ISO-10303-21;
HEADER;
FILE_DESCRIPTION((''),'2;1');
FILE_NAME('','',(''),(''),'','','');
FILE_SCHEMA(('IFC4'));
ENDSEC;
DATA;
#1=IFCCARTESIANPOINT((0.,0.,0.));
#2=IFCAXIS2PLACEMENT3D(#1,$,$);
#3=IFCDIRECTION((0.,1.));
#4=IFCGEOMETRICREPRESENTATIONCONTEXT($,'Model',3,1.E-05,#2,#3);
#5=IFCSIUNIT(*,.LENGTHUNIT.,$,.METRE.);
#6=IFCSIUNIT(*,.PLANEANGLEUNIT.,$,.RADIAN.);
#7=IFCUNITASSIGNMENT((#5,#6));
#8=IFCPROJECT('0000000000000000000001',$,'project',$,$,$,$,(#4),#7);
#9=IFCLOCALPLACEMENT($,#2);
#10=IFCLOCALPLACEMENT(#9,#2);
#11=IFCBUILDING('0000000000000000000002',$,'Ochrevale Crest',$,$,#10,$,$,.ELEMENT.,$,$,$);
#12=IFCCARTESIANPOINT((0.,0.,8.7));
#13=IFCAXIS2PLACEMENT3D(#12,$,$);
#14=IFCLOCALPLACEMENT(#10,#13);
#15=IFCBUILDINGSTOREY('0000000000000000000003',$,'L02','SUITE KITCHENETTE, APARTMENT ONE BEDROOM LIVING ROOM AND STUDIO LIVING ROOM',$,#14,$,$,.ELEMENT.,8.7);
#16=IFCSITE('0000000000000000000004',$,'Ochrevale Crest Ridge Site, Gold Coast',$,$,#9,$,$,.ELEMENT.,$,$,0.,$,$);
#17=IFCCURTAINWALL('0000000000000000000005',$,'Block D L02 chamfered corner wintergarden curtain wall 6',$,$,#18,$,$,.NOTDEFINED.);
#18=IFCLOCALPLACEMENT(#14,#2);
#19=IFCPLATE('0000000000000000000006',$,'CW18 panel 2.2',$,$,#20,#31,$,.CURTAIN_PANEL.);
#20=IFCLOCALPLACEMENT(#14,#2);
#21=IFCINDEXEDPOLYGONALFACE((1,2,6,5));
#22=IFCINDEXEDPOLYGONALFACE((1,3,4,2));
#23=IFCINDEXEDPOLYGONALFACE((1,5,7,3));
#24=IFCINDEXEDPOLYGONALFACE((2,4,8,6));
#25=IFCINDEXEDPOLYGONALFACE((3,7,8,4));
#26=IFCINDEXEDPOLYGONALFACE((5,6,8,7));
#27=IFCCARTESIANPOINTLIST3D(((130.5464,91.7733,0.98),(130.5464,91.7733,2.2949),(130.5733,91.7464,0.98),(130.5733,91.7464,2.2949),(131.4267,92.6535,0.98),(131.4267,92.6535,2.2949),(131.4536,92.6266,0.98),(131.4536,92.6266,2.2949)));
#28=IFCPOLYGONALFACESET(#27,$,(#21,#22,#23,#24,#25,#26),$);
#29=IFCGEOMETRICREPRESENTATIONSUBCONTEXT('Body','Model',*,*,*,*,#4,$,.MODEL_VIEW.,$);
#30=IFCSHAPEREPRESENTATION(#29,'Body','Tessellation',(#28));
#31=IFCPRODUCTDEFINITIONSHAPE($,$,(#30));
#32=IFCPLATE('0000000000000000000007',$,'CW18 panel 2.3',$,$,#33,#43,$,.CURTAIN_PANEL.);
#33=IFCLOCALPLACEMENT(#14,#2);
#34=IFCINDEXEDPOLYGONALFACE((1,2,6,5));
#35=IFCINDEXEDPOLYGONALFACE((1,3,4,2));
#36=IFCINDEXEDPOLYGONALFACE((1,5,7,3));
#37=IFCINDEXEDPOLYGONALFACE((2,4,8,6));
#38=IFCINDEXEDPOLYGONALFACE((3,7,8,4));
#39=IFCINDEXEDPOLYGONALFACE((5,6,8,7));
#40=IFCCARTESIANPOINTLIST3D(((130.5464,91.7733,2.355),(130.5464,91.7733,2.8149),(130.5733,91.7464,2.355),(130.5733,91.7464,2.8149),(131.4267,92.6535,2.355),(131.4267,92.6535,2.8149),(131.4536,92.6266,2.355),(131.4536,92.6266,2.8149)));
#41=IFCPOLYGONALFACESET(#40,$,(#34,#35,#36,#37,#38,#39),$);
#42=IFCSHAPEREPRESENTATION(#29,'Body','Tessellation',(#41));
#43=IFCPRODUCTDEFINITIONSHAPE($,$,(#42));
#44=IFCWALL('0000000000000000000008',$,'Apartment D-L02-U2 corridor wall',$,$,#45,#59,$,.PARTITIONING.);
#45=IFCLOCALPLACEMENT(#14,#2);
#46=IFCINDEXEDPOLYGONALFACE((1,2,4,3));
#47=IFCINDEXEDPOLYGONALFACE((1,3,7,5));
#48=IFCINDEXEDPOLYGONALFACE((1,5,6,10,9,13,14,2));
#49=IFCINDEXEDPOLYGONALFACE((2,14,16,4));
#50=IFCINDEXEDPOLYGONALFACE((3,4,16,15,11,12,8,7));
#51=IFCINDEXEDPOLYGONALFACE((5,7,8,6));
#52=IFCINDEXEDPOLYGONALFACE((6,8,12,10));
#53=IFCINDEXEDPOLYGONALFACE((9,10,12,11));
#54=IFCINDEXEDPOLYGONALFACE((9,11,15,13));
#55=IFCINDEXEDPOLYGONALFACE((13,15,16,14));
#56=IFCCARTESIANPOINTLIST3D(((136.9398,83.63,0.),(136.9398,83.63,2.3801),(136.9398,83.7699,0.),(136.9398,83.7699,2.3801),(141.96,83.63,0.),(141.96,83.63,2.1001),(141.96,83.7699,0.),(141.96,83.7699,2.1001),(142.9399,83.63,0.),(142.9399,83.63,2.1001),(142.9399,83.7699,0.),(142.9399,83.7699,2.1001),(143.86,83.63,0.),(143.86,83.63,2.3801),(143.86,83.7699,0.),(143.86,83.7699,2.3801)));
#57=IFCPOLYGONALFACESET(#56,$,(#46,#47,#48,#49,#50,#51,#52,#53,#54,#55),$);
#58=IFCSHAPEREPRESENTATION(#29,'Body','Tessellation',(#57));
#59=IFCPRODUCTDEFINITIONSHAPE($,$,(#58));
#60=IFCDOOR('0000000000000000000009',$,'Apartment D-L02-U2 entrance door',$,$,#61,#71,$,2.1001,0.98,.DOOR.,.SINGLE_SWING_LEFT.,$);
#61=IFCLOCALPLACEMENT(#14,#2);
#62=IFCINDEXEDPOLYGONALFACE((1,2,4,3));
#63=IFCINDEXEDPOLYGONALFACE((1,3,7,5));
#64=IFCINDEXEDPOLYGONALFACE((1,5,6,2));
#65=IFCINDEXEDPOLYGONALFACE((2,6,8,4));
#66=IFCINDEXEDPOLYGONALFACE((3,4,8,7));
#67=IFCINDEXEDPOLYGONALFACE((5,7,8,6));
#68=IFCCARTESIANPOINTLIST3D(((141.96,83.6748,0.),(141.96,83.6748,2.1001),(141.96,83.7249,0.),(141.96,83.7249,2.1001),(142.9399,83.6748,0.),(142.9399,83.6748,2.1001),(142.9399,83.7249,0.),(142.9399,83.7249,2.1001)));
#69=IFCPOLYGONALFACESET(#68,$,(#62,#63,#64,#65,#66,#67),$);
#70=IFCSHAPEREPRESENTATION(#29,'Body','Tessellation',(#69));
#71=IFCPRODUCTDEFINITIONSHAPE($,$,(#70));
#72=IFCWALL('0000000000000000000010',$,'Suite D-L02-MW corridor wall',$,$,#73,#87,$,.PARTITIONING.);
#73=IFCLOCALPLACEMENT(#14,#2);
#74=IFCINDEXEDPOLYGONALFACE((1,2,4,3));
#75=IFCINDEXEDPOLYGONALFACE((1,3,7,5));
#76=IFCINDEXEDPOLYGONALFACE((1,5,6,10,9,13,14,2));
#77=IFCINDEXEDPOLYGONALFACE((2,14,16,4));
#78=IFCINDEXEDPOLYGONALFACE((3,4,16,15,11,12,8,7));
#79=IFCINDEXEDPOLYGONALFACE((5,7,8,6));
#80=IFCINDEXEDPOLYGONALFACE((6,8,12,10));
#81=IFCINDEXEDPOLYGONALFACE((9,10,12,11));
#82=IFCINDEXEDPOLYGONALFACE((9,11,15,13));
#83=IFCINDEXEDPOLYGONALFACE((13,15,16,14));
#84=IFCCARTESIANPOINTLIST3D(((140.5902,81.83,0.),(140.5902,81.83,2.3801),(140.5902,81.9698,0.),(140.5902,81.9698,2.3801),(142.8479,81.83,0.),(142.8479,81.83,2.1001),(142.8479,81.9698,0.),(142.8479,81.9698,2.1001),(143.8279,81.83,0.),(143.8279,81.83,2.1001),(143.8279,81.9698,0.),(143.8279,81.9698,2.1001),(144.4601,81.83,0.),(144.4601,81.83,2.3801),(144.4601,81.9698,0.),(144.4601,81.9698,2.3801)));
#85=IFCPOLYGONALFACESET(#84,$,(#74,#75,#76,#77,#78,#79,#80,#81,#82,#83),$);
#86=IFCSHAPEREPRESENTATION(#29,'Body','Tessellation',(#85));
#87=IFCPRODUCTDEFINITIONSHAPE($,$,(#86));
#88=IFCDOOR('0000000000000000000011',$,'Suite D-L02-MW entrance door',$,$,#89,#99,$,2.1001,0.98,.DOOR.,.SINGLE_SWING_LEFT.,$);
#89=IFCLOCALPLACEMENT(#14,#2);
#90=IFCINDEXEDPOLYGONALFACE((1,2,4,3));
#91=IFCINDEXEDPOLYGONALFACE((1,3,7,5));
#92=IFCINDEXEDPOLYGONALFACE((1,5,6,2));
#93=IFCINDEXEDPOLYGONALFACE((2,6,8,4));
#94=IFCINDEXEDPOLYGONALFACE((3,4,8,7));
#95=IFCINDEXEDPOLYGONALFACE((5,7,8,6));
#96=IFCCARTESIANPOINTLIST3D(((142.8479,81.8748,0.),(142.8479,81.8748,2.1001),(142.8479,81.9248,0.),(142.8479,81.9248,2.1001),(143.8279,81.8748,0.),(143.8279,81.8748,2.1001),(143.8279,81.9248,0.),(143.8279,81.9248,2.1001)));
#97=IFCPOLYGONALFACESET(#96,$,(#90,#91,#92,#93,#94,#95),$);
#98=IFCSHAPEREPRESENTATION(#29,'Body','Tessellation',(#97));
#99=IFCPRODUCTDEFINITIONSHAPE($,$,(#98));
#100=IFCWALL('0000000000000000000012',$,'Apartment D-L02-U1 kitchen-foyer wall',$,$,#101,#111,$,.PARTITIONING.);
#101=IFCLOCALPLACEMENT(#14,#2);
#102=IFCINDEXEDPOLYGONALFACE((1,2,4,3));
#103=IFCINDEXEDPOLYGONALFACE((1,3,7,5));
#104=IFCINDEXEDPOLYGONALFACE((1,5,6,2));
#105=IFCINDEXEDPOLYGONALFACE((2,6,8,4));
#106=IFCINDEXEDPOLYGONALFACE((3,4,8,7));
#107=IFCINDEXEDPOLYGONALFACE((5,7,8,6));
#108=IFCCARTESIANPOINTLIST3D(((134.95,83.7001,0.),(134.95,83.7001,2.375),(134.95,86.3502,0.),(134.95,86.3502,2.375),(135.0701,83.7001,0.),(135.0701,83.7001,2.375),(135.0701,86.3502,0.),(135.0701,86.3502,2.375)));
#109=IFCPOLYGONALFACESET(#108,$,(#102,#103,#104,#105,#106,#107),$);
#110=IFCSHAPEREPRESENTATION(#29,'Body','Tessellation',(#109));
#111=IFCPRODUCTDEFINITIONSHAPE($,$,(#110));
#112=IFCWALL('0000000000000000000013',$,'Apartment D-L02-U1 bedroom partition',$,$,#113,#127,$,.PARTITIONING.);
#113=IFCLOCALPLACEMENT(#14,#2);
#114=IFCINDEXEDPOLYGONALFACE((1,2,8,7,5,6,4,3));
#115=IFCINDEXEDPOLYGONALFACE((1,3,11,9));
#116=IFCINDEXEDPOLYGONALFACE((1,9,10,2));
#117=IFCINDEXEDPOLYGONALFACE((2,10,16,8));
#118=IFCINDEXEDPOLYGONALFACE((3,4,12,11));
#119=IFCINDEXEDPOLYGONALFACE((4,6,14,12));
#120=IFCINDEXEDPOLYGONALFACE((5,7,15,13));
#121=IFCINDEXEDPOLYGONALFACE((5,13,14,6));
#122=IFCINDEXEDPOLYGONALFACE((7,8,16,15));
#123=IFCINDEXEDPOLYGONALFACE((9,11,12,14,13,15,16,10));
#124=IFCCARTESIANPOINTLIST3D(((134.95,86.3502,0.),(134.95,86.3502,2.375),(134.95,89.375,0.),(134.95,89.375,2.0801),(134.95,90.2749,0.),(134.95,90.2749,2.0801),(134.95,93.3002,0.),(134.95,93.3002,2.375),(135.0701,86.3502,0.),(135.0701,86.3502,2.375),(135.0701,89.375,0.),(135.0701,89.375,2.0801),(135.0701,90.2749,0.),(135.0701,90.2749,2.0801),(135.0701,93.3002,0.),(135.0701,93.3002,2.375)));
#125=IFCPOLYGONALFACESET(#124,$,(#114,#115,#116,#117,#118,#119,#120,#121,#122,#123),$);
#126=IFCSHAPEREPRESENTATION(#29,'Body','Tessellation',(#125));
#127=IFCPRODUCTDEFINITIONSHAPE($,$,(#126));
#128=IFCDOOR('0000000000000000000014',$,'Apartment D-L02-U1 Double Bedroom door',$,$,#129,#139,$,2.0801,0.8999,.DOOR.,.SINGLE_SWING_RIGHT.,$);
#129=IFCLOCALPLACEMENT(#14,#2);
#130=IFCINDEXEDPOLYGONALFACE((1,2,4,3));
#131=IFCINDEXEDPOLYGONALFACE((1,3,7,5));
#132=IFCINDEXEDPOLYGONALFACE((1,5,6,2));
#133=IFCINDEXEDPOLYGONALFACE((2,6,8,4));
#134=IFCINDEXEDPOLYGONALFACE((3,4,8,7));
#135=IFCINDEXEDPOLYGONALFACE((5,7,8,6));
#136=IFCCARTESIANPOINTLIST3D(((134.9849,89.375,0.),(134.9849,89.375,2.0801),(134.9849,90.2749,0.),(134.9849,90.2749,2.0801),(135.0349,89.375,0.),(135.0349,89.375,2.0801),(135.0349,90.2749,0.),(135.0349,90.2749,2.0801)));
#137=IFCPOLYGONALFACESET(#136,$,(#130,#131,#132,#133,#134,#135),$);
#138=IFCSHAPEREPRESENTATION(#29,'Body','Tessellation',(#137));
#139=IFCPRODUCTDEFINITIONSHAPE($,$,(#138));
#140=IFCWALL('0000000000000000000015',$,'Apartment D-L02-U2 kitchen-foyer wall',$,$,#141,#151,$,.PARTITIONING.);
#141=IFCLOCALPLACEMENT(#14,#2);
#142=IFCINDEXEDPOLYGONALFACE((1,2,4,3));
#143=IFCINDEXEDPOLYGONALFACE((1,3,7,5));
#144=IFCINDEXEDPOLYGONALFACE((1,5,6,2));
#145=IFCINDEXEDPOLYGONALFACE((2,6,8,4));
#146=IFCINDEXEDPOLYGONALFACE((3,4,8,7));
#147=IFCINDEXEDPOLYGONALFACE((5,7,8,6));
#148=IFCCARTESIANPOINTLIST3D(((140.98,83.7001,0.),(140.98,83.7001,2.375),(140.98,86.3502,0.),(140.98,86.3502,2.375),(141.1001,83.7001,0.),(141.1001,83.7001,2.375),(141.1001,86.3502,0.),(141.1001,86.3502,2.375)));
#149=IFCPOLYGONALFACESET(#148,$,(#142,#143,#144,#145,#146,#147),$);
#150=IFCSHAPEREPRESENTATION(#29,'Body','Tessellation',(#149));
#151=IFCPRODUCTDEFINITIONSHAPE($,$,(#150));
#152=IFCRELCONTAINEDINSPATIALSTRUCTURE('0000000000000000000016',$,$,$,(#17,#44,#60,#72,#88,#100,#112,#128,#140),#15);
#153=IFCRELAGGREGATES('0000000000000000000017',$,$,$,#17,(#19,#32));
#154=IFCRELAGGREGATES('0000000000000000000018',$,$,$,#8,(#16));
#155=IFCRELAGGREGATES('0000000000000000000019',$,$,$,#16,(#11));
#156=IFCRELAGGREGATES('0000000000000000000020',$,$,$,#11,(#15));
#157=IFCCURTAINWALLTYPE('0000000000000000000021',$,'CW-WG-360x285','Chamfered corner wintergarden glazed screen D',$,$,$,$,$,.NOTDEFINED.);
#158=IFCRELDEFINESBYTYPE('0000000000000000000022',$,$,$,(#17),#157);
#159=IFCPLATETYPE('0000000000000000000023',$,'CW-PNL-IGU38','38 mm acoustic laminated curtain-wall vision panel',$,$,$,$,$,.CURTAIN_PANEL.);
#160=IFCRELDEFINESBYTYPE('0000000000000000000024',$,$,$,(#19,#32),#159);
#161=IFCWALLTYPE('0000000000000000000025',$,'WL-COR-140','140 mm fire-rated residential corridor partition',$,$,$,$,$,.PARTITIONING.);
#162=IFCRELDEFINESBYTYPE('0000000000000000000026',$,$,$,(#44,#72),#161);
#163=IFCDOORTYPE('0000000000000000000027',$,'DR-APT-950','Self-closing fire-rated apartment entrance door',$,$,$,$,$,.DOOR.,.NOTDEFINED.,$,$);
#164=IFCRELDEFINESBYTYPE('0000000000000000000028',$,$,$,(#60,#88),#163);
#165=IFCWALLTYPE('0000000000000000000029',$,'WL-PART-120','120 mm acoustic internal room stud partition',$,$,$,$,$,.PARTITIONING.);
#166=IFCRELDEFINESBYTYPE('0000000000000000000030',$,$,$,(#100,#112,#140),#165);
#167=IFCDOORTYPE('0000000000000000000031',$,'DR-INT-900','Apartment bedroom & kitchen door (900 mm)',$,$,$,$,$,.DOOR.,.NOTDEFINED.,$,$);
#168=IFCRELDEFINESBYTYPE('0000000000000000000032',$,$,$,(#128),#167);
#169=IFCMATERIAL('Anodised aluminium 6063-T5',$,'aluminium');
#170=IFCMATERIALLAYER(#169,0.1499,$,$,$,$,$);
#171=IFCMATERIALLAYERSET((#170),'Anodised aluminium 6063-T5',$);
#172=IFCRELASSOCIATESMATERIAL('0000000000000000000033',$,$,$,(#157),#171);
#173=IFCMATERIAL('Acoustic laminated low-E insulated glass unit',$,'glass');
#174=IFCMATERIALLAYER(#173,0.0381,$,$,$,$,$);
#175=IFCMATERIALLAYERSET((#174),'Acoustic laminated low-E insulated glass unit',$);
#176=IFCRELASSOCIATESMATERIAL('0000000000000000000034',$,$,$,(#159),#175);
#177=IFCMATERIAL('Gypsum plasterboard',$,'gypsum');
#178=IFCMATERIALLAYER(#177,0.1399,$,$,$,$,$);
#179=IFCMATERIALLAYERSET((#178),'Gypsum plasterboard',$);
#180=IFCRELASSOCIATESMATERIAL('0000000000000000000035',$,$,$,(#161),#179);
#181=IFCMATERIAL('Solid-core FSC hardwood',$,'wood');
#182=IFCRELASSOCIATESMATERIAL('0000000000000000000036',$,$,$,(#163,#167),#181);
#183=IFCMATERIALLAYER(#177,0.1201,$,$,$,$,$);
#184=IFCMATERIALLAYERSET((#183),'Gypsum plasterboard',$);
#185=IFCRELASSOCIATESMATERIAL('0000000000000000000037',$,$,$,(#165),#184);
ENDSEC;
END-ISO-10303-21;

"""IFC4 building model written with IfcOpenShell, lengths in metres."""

from ifc_helpers import new_model, si_unit, direction, frame, frame_2d, origin, origin_2d, place, context, subcontext, project, spatial, rectangle, extrude, material, layer, layer_set, type_object, element, fill, aggregate, save


model = new_model("IFC4")

# Units and contexts
model_context = context("Model", 3, precision=1e-05, world=origin(), true_north=direction((0.0, 1.0)))
body_context = subcontext(model_context, "Body", "Model", "MODEL_VIEW")
ifc_project = project(units=[si_unit("LENGTHUNIT", "METRE"), si_unit("PLANEANGLEUNIT", "RADIAN")], contexts=[model_context])

# Site, building, storey
site_placement = place(None, origin())
site = spatial("IfcSite", under=ifc_project, at=site_placement, Name="Ochrevale Crest Ridge Site, Gold Coast", CompositionType="ELEMENT", RefElevation=0.0)
building_placement = place(site_placement, origin())
building = spatial("IfcBuilding", under=site, at=building_placement, Name="Ochrevale Crest", CompositionType="ELEMENT")
storey_placement = place(building_placement, frame((0.0, 0.0, 8.7)))
storey = spatial("IfcBuildingStorey", under=building, at=storey_placement, Name="L02", Description="SUITE KITCHENETTE, APARTMENT ONE BEDROOM LIVING ROOM AND STUDIO LIVING ROOM", CompositionType="ELEMENT", Elevation=8.7)

# Curtain wall, plates
ifc_material_1 = material(Name="Anodised aluminium 6063-T5", Category="aluminium")
ifc_layer_1 = layer(ifc_material_1, 0.1499)
ifc_layer_set_1 = layer_set([ifc_layer_1], Name="Anodised aluminium 6063-T5")
curtain_wall_type = type_object("IfcCurtainWallType", Name="CW-WG-360x285", Description="Chamfered corner wintergarden glazed screen D", PredefinedType="NOTDEFINED", material=ifc_layer_set_1)
curtain_wall_placement = place(storey_placement, origin())
curtain_wall = element("IfcCurtainWall", 1, at=curtain_wall_placement, inside=storey, type_object=curtain_wall_type, Name="Block D L02 chamfered corner wintergarden curtain wall 6", PredefinedType="NOTDEFINED")
ifc_material_2 = material(Name="Acoustic laminated low-E insulated glass unit", Category="glass")
ifc_layer_2 = layer(ifc_material_2, 0.0381)
ifc_layer_set_2 = layer_set([ifc_layer_2], Name="Acoustic laminated low-E insulated glass unit")
plate_type = type_object("IfcPlateType", Name="CW-PNL-IGU38", Description="38 mm acoustic laminated curtain-wall vision panel", PredefinedType="CURTAIN_PANEL", material=ifc_layer_set_2)
plate_1_placement = place(storey_placement, frame((131.0, 92.2, 0.98), z_axis=(0.0, 0.0, 1.0), x_axis=(-0.707107, -0.707107, 0.0)))
plate_1 = element("IfcPlate", 2, at=plate_1_placement, type_object=plate_type, Name="CW18 panel 2.2", PredefinedType="CURTAIN_PANEL", context=body_context, shape_type="SweptSolid", body=[
    extrude(rectangle(XDim=1.2449, YDim=0.0381, at=origin_2d()), origin(), (0.0, 0.0, 1.0), 1.3149),
])
plate_2_placement = place(storey_placement, frame((131.0, 92.2, 2.355), z_axis=(0.0, 0.0, 1.0), x_axis=(-0.707107, -0.707107, 0.0)))
plate_2 = element("IfcPlate", 3, at=plate_2_placement, type_object=plate_type, Name="CW18 panel 2.3", PredefinedType="CURTAIN_PANEL", context=body_context, shape_type="SweptSolid", body=[
    extrude(rectangle(XDim=1.2449, YDim=0.0381, at=origin_2d()), origin(), (0.0, 0.0, 1.0), 0.46),
])
aggregate(curtain_wall, [plate_1, plate_2])

# Walls, openings, doors
ifc_material_3 = material(Name="Gypsum plasterboard", Category="gypsum")
ifc_layer_3 = layer(ifc_material_3, 0.1399)
ifc_layer_set_3 = layer_set([ifc_layer_3], Name="Gypsum plasterboard")
wall_type_1 = type_object("IfcWallType", Name="WL-COR-140", Description="140 mm fire-rated residential corridor partition", PredefinedType="PARTITIONING", material=ifc_layer_set_3)
wall_1_placement = place(storey_placement, frame((136.9399, 83.7, 0.0), z_axis=(0.0, 0.0, 1.0), x_axis=(1.0, 0.0, 0.0)))
wall_1 = element("IfcWall", 4, at=wall_1_placement, inside=storey, type_object=wall_type_1, Name="Apartment D-L02-U2 corridor wall", PredefinedType="PARTITIONING", context=body_context, shape_type="SweptSolid", body=[
    extrude(rectangle(XDim=6.9202, YDim=0.1399, at=frame_2d((3.46, 0.0))), origin(), (0.0, 0.0, 1.0), 2.3801),
])
opening_1_placement = place(wall_1_placement, frame((5.02, 0.0, 0.0)))
opening_1 = element("IfcOpeningElement", 5, at=opening_1_placement, cuts=wall_1, PredefinedType="OPENING", context=body_context, shape_type="SweptSolid", body=[
    extrude(rectangle(XDim=0.98, YDim=2.1001, at=frame_2d((0.49, 1.05))), frame((0.0, 0.0801, 0.0), z_axis=(0.0, -1.0, 0.0), x_axis=(1.0, 0.0, 0.0)), (0.0, 0.0, 1.0), 0.1599),
])
ifc_material_4 = material(Name="Solid-core FSC hardwood", Category="wood")
door_type_1 = type_object("IfcDoorType", Name="DR-APT-950", Description="Self-closing fire-rated apartment entrance door", OperationType="NOTDEFINED", PredefinedType="DOOR", material=ifc_material_4)
door_1_placement = place(opening_1_placement, origin())
door_1 = element("IfcDoor", 6, at=door_1_placement, inside=storey, type_object=door_type_1, Name="Apartment D-L02-U2 entrance door", OperationType="SINGLE_SWING_LEFT", OverallHeight=2.1001, OverallWidth=0.98, PredefinedType="DOOR", context=body_context, shape_type="SweptSolid", body=[
    extrude(rectangle(XDim=0.98, YDim=2.1001, at=frame_2d((0.49, 1.05))), frame((0.0, 0.0249, 0.0), z_axis=(0.0, -1.0, 0.0), x_axis=(1.0, 0.0, 0.0)), (0.0, 0.0, 1.0), 0.05),
])
fill(opening_1, door_1)
wall_2_placement = place(storey_placement, frame((140.5901, 81.8999, 0.0), z_axis=(0.0, 0.0, 1.0), x_axis=(1.0, 0.0, 0.0)))
wall_2 = element("IfcWall", 7, at=wall_2_placement, inside=storey, type_object=wall_type_1, Name="Suite D-L02-MW corridor wall", PredefinedType="PARTITIONING", context=body_context, shape_type="SweptSolid", body=[
    extrude(rectangle(XDim=3.8699, YDim=0.1399, at=frame_2d((1.9351, 0.0))), origin(), (0.0, 0.0, 1.0), 2.3801),
])
opening_2_placement = place(wall_2_placement, frame((2.2578, 0.0, 0.0)))
opening_2 = element("IfcOpeningElement", 8, at=opening_2_placement, cuts=wall_2, PredefinedType="OPENING", context=body_context, shape_type="SweptSolid", body=[
    extrude(rectangle(XDim=0.98, YDim=2.1001, at=frame_2d((0.49, 1.05))), frame((0.0, 0.0801, 0.0), z_axis=(0.0, -1.0, 0.0), x_axis=(1.0, 0.0, 0.0)), (0.0, 0.0, 1.0), 0.1599),
])
door_2_placement = place(opening_2_placement, origin())
door_2 = element("IfcDoor", 9, at=door_2_placement, inside=storey, type_object=door_type_1, Name="Suite D-L02-MW entrance door", OperationType="SINGLE_SWING_LEFT", OverallHeight=2.1001, OverallWidth=0.98, PredefinedType="DOOR", context=body_context, shape_type="SweptSolid", body=[
    extrude(rectangle(XDim=0.98, YDim=2.1001, at=frame_2d((0.49, 1.05))), frame((0.0, 0.0249, 0.0), z_axis=(0.0, -1.0, 0.0), x_axis=(1.0, 0.0, 0.0)), (0.0, 0.0, 1.0), 0.05),
])
fill(opening_2, door_2)

# Wall
ifc_layer_4 = layer(ifc_material_3, 0.1201)
ifc_layer_set_4 = layer_set([ifc_layer_4], Name="Gypsum plasterboard")
wall_type_2 = type_object("IfcWallType", Name="WL-PART-120", Description="120 mm acoustic internal room stud partition", PredefinedType="PARTITIONING", material=ifc_layer_set_4)
wall_3_placement = place(storey_placement, frame((135.01, 83.7, 0.0), z_axis=(0.0, 0.0, 1.0), x_axis=(0.0, 1.0, 0.0)))
element("IfcWall", 10, at=wall_3_placement, inside=storey, type_object=wall_type_2, Name="Apartment D-L02-U1 kitchen-foyer wall", PredefinedType="PARTITIONING", context=body_context, shape_type="SweptSolid", body=[
    extrude(rectangle(XDim=2.6501, YDim=0.1201, at=frame_2d((1.3252, 0.0))), origin(), (0.0, 0.0, 1.0), 2.375),
])

# Wall, opening, door
wall_4_placement = place(storey_placement, frame((135.01, 86.3501, 0.0), z_axis=(0.0, 0.0, 1.0), x_axis=(0.0, 1.0, 0.0)))
wall_4 = element("IfcWall", 11, at=wall_4_placement, inside=storey, type_object=wall_type_2, Name="Apartment D-L02-U1 bedroom partition", PredefinedType="PARTITIONING", context=body_context, shape_type="SweptSolid", body=[
    extrude(rectangle(XDim=6.95, YDim=0.1201, at=frame_2d((3.4751, 0.0))), origin(), (0.0, 0.0, 1.0), 2.375),
])
opening_3_placement = place(wall_4_placement, frame((3.9248, 0.0, 0.0), z_axis=(0.0, 0.0, 1.0), x_axis=(-1.0, 0.0, 0.0)))
opening_3 = element("IfcOpeningElement", 12, at=opening_3_placement, cuts=wall_4, PredefinedType="OPENING", context=body_context, shape_type="SweptSolid", body=[
    extrude(rectangle(XDim=0.8999, YDim=2.0801, at=frame_2d((0.45, 1.04))), frame((0.0, 0.0701, 0.0), z_axis=(0.0, -1.0, 0.0), x_axis=(1.0, 0.0, 0.0)), (0.0, 0.0, 1.0), 0.1401),
])
door_type_2 = type_object("IfcDoorType", Name="DR-INT-900", Description="Apartment bedroom & kitchen door (900 mm)", OperationType="NOTDEFINED", PredefinedType="DOOR", material=ifc_material_4)
door_3_placement = place(opening_3_placement, origin())
door_3 = element("IfcDoor", 13, at=door_3_placement, inside=storey, type_object=door_type_2, Name="Apartment D-L02-U1 Double Bedroom door", OperationType="SINGLE_SWING_RIGHT", OverallHeight=2.0801, OverallWidth=0.8999, PredefinedType="DOOR", context=body_context, shape_type="SweptSolid", body=[
    extrude(rectangle(XDim=0.8999, YDim=2.0801, at=frame_2d((0.45, 1.04))), frame((0.0, 0.0249, 0.0), z_axis=(0.0, -1.0, 0.0), x_axis=(1.0, 0.0, 0.0)), (0.0, 0.0, 1.0), 0.05),
])
fill(opening_3, door_3)

# Wall
wall_5_placement = place(storey_placement, frame((141.04, 83.7, 0.0), z_axis=(0.0, 0.0, 1.0), x_axis=(0.0, 1.0, 0.0)))
element("IfcWall", 14, at=wall_5_placement, inside=storey, type_object=wall_type_2, Name="Apartment D-L02-U2 kitchen-foyer wall", PredefinedType="PARTITIONING", context=body_context, shape_type="SweptSolid", body=[
    extrude(rectangle(XDim=2.6501, YDim=0.1201, at=frame_2d((1.3252, 0.0))), origin(), (0.0, 0.0, 1.0), 2.375),
])

save(model, "model.ifc")
